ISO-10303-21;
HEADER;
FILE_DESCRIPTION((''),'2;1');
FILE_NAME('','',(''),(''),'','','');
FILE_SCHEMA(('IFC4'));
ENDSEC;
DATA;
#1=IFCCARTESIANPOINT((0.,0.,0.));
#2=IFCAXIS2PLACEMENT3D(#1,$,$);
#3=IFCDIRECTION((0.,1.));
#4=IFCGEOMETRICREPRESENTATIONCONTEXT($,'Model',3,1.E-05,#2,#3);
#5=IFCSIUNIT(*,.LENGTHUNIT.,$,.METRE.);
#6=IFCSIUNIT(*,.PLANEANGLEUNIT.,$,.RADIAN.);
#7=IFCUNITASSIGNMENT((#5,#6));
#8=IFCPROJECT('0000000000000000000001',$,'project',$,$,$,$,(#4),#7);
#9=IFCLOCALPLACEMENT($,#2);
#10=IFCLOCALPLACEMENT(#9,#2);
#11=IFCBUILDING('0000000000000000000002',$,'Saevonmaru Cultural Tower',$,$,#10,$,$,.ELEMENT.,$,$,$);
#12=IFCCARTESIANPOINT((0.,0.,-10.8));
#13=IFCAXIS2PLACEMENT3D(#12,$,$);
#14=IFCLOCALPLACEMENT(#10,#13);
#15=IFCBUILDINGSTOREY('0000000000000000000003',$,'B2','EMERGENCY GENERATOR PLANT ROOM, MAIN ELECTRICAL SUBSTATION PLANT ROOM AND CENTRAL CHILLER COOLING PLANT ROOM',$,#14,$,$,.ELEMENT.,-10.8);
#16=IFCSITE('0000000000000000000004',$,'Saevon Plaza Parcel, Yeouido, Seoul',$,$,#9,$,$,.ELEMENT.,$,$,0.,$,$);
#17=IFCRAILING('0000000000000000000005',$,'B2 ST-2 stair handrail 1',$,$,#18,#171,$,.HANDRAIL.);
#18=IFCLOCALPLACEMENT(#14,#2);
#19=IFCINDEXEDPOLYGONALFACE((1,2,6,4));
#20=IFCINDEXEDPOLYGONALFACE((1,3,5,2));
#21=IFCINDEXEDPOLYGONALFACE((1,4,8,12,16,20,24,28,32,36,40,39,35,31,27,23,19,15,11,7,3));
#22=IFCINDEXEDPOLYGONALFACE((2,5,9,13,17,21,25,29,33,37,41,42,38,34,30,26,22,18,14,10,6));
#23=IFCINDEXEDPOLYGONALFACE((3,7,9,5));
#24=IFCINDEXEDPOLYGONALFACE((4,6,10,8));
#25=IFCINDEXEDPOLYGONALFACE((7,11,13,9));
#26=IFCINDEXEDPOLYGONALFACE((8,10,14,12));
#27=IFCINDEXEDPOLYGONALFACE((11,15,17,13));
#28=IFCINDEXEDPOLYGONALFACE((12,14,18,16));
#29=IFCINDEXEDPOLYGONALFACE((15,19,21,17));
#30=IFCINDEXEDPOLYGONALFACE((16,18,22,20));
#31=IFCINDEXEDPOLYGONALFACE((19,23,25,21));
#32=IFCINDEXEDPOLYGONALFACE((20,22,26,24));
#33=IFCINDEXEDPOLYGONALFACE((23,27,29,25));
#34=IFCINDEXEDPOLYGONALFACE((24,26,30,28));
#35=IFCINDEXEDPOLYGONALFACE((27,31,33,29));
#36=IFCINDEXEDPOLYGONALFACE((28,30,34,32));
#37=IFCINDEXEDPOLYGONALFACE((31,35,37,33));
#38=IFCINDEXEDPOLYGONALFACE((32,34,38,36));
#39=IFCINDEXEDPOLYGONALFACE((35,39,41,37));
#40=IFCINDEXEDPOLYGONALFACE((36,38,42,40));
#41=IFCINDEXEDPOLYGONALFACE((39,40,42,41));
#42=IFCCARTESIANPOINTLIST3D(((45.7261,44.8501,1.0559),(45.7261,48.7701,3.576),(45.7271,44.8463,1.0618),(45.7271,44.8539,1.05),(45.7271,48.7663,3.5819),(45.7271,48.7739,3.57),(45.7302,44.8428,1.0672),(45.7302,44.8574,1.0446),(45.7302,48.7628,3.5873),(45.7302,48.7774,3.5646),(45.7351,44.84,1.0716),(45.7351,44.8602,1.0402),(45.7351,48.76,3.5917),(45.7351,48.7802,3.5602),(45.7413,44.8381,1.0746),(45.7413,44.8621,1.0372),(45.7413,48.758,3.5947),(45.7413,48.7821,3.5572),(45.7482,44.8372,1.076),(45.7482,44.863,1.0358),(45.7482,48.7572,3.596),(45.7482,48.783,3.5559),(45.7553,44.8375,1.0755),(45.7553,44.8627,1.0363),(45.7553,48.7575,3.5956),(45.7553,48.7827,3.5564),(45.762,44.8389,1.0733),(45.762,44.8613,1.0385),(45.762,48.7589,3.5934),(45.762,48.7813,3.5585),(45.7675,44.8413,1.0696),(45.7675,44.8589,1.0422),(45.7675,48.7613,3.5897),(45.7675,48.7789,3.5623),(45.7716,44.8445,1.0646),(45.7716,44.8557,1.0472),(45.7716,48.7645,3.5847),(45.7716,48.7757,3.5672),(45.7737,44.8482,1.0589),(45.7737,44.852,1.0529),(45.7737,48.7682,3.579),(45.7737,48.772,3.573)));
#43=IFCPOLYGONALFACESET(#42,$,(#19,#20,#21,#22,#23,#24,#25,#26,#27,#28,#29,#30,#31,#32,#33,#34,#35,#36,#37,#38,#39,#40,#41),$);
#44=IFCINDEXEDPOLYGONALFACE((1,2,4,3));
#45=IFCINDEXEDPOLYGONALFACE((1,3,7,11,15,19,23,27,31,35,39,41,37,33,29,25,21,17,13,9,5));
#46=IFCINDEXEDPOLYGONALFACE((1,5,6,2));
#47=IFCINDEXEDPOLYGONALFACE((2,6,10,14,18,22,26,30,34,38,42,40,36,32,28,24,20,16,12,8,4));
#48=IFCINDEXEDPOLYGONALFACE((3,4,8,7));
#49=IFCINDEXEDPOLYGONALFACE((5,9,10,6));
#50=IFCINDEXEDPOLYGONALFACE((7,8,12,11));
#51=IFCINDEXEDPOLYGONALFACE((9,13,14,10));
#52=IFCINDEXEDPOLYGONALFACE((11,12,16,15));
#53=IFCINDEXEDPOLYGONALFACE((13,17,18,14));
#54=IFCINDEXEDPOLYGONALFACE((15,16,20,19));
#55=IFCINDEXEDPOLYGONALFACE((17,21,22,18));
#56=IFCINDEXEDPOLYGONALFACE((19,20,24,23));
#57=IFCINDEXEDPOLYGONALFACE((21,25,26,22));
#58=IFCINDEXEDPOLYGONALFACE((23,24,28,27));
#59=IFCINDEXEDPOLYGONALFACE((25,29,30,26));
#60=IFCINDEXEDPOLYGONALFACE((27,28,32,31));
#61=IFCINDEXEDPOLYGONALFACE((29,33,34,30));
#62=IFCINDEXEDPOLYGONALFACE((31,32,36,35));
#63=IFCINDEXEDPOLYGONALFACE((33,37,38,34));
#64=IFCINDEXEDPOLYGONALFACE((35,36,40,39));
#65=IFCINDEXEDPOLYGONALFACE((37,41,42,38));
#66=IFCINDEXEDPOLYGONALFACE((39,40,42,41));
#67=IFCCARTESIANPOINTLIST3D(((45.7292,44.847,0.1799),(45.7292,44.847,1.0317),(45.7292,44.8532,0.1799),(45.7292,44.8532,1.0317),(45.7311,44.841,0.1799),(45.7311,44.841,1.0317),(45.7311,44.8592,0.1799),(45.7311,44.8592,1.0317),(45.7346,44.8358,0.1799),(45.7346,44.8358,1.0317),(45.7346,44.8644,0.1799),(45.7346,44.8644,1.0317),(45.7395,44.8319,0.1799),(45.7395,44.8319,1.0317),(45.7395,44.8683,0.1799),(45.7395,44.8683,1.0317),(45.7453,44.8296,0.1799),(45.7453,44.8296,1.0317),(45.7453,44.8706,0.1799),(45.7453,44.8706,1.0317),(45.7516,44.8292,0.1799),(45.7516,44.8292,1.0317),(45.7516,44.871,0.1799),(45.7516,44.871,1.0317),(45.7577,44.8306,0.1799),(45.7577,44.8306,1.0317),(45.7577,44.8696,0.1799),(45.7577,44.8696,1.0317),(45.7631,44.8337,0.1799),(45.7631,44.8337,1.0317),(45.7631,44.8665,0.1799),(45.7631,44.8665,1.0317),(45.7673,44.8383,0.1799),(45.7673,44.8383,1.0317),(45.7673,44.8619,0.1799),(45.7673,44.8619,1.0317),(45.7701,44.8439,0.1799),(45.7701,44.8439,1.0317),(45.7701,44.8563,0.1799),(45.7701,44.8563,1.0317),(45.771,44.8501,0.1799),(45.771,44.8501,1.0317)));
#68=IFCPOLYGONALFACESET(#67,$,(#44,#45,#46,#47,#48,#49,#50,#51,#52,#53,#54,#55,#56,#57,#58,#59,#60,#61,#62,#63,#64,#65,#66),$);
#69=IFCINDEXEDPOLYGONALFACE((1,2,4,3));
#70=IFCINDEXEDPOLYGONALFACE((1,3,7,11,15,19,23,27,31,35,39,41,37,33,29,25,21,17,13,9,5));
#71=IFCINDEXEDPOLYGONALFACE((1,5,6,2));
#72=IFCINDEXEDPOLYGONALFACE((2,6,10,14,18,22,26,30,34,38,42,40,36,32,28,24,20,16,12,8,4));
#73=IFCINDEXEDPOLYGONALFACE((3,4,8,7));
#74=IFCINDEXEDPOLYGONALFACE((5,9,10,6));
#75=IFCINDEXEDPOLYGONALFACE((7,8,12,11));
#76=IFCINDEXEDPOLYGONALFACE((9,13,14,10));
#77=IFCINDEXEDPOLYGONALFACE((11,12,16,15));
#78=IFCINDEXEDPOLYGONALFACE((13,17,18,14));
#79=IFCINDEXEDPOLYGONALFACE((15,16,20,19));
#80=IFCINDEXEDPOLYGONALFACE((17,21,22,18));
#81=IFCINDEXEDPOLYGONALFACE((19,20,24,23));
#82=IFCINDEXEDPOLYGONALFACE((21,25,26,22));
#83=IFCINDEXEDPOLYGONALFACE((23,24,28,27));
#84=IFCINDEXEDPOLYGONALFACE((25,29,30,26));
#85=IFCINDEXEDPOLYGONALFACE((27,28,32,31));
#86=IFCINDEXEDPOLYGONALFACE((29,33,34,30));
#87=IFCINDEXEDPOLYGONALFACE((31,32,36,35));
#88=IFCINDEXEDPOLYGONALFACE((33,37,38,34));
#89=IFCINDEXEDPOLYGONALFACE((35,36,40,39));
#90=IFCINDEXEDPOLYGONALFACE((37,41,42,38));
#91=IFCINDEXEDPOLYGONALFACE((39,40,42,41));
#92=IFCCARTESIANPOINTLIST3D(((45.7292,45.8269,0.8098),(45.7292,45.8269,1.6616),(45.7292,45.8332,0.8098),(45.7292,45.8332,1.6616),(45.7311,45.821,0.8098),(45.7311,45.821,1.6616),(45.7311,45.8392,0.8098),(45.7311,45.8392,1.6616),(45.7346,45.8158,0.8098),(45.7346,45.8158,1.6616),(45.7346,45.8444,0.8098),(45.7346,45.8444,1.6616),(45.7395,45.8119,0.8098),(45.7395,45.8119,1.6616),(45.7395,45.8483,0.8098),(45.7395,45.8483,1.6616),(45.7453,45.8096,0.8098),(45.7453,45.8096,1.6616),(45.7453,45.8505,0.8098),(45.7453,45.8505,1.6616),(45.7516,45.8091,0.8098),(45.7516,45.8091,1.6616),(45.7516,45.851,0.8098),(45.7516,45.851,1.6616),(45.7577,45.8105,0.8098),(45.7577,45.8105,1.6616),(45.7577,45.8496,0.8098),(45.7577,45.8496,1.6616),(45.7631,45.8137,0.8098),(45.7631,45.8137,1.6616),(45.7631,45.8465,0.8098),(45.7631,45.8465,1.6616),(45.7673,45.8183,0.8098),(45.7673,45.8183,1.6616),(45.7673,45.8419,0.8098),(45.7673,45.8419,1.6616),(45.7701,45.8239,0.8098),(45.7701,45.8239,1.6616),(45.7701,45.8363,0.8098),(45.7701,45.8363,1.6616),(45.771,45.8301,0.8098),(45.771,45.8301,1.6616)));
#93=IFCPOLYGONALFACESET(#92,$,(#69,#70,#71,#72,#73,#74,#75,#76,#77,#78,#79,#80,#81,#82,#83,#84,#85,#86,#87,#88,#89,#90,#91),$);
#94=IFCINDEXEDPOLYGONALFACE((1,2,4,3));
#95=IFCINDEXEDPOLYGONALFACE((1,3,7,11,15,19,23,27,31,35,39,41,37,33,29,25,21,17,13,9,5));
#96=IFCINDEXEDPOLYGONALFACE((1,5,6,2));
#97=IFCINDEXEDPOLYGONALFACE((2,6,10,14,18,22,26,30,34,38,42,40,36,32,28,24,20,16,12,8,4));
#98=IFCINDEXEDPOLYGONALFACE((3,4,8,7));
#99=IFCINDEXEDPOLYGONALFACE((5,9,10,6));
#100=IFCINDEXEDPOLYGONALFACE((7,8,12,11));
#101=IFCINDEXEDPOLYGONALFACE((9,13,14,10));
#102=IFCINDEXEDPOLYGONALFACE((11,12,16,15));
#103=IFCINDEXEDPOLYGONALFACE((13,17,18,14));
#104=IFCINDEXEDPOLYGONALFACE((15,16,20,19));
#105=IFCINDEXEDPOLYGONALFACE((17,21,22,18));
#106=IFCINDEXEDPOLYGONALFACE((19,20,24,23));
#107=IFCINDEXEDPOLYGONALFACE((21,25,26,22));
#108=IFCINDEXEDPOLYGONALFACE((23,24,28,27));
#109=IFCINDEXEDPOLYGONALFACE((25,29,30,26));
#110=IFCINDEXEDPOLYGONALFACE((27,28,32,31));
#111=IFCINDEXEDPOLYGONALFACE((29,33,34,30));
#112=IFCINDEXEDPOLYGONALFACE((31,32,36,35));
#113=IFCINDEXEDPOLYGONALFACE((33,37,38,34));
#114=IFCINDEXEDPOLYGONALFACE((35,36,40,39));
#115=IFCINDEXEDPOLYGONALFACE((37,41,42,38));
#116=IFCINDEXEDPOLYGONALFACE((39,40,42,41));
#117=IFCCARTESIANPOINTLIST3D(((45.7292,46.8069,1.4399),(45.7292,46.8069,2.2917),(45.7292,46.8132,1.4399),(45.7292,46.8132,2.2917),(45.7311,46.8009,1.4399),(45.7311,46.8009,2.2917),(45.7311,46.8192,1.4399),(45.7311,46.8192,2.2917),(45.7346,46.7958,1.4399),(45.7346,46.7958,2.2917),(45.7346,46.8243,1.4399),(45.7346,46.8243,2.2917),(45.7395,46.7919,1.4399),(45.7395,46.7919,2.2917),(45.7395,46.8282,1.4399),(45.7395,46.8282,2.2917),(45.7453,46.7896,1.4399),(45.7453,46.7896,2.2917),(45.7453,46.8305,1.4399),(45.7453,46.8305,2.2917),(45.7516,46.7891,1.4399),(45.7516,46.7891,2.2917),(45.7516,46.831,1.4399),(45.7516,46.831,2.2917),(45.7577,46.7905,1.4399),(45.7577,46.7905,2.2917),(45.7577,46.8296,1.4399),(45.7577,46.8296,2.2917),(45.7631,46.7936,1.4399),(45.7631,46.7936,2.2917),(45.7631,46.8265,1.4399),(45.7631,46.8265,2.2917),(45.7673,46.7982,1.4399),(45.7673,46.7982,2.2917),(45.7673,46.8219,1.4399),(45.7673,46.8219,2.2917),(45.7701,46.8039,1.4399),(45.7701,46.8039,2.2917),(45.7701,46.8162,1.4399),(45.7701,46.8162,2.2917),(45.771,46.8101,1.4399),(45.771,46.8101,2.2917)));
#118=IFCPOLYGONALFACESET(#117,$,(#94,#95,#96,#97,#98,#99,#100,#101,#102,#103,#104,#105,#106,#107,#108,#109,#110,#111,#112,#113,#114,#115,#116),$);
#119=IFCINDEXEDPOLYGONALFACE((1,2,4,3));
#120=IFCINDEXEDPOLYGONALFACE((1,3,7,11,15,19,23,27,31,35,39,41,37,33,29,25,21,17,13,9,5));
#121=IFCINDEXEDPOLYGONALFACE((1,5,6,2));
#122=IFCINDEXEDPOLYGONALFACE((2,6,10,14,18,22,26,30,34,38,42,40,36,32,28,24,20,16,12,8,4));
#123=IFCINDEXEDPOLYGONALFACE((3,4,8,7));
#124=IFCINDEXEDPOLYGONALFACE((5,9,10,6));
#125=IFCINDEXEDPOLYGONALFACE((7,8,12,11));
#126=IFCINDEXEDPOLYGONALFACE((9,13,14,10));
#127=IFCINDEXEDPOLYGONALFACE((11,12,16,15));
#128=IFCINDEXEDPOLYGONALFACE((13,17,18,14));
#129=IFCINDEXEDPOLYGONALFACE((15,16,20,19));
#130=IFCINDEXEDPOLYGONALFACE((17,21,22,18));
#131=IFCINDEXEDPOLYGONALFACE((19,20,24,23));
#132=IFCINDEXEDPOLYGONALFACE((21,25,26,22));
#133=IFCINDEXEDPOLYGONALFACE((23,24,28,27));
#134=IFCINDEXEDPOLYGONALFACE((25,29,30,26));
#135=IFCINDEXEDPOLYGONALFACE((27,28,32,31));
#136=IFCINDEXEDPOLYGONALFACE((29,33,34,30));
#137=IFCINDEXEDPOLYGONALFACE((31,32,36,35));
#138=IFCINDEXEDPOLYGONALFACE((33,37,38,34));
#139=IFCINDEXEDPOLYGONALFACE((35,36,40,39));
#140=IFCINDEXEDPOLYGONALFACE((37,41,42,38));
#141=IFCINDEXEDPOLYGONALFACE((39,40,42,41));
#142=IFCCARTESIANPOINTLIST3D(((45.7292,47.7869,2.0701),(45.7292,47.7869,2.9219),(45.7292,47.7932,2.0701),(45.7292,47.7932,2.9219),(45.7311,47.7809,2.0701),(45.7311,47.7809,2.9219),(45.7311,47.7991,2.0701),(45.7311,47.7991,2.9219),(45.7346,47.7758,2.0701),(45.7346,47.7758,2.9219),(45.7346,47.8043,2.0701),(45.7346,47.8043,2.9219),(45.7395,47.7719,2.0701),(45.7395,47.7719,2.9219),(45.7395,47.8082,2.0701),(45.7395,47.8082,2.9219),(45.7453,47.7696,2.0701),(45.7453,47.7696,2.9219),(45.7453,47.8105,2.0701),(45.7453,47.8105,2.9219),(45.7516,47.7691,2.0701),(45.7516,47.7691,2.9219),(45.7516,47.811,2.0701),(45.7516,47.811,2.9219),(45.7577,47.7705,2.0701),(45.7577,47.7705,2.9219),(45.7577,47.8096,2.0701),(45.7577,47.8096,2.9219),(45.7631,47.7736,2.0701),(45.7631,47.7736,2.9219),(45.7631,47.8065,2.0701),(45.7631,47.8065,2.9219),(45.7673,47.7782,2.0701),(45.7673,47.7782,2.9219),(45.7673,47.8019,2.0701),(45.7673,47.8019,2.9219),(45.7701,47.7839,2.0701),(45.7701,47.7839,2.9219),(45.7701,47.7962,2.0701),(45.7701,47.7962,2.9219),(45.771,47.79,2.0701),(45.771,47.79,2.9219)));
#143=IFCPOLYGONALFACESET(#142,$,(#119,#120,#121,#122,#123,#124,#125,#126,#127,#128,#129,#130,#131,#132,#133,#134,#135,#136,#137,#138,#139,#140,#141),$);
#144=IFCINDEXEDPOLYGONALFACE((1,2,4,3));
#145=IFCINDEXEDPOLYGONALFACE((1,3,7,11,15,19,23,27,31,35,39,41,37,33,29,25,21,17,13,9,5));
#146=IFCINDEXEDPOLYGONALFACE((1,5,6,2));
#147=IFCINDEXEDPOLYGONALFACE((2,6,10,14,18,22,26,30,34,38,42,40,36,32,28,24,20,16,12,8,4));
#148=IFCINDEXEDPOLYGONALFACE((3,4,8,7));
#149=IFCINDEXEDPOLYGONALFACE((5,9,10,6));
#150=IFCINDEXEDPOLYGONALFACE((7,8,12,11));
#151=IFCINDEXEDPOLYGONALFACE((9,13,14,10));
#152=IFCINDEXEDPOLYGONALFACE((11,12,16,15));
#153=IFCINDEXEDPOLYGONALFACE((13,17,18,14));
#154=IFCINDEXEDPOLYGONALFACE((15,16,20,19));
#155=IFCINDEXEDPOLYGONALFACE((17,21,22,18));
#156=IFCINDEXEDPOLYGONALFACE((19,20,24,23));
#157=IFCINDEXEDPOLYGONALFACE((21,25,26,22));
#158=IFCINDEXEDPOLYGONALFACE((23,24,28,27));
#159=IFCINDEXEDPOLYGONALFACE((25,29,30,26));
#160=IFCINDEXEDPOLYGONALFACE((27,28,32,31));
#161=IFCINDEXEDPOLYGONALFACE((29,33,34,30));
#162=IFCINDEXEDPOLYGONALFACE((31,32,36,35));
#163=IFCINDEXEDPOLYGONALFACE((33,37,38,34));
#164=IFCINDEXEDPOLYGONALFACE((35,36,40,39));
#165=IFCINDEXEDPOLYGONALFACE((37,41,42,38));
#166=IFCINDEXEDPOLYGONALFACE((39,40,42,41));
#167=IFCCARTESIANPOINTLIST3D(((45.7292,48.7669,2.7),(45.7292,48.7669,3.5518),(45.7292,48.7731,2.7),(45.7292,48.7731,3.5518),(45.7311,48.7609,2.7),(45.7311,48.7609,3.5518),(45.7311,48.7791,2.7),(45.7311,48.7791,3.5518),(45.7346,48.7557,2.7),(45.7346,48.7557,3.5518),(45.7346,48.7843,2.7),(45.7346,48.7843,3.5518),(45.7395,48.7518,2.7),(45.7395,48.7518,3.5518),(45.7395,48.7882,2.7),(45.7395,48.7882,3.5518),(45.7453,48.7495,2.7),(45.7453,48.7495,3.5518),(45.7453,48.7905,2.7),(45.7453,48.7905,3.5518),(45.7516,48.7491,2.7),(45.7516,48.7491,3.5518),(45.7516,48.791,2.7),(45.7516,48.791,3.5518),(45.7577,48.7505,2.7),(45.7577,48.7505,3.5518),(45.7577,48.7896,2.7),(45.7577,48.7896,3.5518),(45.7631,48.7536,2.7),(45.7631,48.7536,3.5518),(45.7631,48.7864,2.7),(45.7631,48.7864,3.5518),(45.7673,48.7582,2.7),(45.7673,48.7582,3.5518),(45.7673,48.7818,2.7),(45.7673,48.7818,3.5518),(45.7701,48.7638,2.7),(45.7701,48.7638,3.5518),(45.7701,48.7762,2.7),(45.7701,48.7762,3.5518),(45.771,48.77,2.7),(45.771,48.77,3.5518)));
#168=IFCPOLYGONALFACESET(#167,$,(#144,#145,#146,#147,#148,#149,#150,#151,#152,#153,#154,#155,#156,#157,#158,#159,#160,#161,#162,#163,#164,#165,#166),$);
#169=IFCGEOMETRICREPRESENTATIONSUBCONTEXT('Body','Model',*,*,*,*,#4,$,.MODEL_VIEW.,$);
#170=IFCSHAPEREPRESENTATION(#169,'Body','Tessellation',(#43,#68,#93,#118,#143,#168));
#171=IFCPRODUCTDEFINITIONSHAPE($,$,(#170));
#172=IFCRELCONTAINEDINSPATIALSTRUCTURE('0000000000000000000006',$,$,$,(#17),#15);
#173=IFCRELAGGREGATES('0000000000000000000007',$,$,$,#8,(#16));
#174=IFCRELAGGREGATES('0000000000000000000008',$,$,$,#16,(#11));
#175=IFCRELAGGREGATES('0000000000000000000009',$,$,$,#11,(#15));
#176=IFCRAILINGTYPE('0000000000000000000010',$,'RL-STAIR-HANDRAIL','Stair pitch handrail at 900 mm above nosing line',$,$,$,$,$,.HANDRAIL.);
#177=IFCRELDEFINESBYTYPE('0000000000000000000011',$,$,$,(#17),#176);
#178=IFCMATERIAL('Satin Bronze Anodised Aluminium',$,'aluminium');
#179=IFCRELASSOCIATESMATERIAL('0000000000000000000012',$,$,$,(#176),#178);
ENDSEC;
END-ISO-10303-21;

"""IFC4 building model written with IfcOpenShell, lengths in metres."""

from ifc_helpers import new_model, si_unit, direction, frame, origin, origin_2d, place, context, subcontext, project, spatial, circle, extrude, material, type_object, element, save


model = new_model("IFC4")

# Units and contexts
model_context = context("Model", 3, precision=1e-05, world=origin(), true_north=direction((0.0, 1.0)))
body_context = subcontext(model_context, "Body", "Model", "MODEL_VIEW")
ifc_project = project(units=[si_unit("LENGTHUNIT", "METRE"), si_unit("PLANEANGLEUNIT", "RADIAN")], contexts=[model_context])

# Site, building, storey
site_placement = place(None, origin())
site = spatial("IfcSite", under=ifc_project, at=site_placement, Name="Saevon Plaza Parcel, Yeouido, Seoul", CompositionType="ELEMENT", RefElevation=0.0)
building_placement = place(site_placement, origin())
building = spatial("IfcBuilding", under=site, at=building_placement, Name="Saevonmaru Cultural Tower", CompositionType="ELEMENT")
storey_placement = place(building_placement, frame((0.0, 0.0, -10.8)))
storey = spatial("IfcBuildingStorey", under=building, at=storey_placement, Name="B2", Description="EMERGENCY GENERATOR PLANT ROOM, MAIN ELECTRICAL SUBSTATION PLANT ROOM AND CENTRAL CHILLER COOLING PLANT ROOM", CompositionType="ELEMENT", Elevation=-10.8)

# Shared definitions
ifc_material_1 = material(Name="Satin Bronze Anodised Aluminium", Category="aluminium")

# Railing
railing_type_1 = type_object("IfcRailingType", Name="RL-STAIR-HANDRAIL", Description="Stair pitch handrail at 900 mm above nosing line", PredefinedType="HANDRAIL", material=ifc_material_1)
railing_1_placement = place(storey_placement, frame((45.75, 44.8501, 0.1799)))
element("IfcRailing", 1, at=railing_1_placement, inside=storey, type_object=railing_type_1, Name="B2 ST-2 stair handrail 1", PredefinedType="HANDRAIL", context=body_context, shape_type="SweptSolid", body=[
    extrude(circle(Radius=0.0239, at=origin_2d()), frame((0.0, 0.0, 0.876), z_axis=(0.0, 0.841172, 0.540768), x_axis=(-1.0, 0.0, 0.0)), (0.0, 0.0, 1.0), 4.6602),
    extrude(circle(Radius=0.021, at=origin_2d()), origin(), (0.0, 0.0, 1.0), 0.8518),
    extrude(circle(Radius=0.021, at=origin_2d()), frame((0.0, 0.98, 0.6299)), (0.0, 0.0, 1.0), 0.8518),
    extrude(circle(Radius=0.021, at=origin_2d()), frame((0.0, 1.96, 1.26)), (0.0, 0.0, 1.0), 0.8518),
    extrude(circle(Radius=0.021, at=origin_2d()), frame((0.0, 2.9399, 1.8901)), (0.0, 0.0, 1.0), 0.8518),
    extrude(circle(Radius=0.021, at=origin_2d()), frame((0.0, 3.9199, 2.52)), (0.0, 0.0, 1.0), 0.8518),
])

save(model, "model.ifc")
